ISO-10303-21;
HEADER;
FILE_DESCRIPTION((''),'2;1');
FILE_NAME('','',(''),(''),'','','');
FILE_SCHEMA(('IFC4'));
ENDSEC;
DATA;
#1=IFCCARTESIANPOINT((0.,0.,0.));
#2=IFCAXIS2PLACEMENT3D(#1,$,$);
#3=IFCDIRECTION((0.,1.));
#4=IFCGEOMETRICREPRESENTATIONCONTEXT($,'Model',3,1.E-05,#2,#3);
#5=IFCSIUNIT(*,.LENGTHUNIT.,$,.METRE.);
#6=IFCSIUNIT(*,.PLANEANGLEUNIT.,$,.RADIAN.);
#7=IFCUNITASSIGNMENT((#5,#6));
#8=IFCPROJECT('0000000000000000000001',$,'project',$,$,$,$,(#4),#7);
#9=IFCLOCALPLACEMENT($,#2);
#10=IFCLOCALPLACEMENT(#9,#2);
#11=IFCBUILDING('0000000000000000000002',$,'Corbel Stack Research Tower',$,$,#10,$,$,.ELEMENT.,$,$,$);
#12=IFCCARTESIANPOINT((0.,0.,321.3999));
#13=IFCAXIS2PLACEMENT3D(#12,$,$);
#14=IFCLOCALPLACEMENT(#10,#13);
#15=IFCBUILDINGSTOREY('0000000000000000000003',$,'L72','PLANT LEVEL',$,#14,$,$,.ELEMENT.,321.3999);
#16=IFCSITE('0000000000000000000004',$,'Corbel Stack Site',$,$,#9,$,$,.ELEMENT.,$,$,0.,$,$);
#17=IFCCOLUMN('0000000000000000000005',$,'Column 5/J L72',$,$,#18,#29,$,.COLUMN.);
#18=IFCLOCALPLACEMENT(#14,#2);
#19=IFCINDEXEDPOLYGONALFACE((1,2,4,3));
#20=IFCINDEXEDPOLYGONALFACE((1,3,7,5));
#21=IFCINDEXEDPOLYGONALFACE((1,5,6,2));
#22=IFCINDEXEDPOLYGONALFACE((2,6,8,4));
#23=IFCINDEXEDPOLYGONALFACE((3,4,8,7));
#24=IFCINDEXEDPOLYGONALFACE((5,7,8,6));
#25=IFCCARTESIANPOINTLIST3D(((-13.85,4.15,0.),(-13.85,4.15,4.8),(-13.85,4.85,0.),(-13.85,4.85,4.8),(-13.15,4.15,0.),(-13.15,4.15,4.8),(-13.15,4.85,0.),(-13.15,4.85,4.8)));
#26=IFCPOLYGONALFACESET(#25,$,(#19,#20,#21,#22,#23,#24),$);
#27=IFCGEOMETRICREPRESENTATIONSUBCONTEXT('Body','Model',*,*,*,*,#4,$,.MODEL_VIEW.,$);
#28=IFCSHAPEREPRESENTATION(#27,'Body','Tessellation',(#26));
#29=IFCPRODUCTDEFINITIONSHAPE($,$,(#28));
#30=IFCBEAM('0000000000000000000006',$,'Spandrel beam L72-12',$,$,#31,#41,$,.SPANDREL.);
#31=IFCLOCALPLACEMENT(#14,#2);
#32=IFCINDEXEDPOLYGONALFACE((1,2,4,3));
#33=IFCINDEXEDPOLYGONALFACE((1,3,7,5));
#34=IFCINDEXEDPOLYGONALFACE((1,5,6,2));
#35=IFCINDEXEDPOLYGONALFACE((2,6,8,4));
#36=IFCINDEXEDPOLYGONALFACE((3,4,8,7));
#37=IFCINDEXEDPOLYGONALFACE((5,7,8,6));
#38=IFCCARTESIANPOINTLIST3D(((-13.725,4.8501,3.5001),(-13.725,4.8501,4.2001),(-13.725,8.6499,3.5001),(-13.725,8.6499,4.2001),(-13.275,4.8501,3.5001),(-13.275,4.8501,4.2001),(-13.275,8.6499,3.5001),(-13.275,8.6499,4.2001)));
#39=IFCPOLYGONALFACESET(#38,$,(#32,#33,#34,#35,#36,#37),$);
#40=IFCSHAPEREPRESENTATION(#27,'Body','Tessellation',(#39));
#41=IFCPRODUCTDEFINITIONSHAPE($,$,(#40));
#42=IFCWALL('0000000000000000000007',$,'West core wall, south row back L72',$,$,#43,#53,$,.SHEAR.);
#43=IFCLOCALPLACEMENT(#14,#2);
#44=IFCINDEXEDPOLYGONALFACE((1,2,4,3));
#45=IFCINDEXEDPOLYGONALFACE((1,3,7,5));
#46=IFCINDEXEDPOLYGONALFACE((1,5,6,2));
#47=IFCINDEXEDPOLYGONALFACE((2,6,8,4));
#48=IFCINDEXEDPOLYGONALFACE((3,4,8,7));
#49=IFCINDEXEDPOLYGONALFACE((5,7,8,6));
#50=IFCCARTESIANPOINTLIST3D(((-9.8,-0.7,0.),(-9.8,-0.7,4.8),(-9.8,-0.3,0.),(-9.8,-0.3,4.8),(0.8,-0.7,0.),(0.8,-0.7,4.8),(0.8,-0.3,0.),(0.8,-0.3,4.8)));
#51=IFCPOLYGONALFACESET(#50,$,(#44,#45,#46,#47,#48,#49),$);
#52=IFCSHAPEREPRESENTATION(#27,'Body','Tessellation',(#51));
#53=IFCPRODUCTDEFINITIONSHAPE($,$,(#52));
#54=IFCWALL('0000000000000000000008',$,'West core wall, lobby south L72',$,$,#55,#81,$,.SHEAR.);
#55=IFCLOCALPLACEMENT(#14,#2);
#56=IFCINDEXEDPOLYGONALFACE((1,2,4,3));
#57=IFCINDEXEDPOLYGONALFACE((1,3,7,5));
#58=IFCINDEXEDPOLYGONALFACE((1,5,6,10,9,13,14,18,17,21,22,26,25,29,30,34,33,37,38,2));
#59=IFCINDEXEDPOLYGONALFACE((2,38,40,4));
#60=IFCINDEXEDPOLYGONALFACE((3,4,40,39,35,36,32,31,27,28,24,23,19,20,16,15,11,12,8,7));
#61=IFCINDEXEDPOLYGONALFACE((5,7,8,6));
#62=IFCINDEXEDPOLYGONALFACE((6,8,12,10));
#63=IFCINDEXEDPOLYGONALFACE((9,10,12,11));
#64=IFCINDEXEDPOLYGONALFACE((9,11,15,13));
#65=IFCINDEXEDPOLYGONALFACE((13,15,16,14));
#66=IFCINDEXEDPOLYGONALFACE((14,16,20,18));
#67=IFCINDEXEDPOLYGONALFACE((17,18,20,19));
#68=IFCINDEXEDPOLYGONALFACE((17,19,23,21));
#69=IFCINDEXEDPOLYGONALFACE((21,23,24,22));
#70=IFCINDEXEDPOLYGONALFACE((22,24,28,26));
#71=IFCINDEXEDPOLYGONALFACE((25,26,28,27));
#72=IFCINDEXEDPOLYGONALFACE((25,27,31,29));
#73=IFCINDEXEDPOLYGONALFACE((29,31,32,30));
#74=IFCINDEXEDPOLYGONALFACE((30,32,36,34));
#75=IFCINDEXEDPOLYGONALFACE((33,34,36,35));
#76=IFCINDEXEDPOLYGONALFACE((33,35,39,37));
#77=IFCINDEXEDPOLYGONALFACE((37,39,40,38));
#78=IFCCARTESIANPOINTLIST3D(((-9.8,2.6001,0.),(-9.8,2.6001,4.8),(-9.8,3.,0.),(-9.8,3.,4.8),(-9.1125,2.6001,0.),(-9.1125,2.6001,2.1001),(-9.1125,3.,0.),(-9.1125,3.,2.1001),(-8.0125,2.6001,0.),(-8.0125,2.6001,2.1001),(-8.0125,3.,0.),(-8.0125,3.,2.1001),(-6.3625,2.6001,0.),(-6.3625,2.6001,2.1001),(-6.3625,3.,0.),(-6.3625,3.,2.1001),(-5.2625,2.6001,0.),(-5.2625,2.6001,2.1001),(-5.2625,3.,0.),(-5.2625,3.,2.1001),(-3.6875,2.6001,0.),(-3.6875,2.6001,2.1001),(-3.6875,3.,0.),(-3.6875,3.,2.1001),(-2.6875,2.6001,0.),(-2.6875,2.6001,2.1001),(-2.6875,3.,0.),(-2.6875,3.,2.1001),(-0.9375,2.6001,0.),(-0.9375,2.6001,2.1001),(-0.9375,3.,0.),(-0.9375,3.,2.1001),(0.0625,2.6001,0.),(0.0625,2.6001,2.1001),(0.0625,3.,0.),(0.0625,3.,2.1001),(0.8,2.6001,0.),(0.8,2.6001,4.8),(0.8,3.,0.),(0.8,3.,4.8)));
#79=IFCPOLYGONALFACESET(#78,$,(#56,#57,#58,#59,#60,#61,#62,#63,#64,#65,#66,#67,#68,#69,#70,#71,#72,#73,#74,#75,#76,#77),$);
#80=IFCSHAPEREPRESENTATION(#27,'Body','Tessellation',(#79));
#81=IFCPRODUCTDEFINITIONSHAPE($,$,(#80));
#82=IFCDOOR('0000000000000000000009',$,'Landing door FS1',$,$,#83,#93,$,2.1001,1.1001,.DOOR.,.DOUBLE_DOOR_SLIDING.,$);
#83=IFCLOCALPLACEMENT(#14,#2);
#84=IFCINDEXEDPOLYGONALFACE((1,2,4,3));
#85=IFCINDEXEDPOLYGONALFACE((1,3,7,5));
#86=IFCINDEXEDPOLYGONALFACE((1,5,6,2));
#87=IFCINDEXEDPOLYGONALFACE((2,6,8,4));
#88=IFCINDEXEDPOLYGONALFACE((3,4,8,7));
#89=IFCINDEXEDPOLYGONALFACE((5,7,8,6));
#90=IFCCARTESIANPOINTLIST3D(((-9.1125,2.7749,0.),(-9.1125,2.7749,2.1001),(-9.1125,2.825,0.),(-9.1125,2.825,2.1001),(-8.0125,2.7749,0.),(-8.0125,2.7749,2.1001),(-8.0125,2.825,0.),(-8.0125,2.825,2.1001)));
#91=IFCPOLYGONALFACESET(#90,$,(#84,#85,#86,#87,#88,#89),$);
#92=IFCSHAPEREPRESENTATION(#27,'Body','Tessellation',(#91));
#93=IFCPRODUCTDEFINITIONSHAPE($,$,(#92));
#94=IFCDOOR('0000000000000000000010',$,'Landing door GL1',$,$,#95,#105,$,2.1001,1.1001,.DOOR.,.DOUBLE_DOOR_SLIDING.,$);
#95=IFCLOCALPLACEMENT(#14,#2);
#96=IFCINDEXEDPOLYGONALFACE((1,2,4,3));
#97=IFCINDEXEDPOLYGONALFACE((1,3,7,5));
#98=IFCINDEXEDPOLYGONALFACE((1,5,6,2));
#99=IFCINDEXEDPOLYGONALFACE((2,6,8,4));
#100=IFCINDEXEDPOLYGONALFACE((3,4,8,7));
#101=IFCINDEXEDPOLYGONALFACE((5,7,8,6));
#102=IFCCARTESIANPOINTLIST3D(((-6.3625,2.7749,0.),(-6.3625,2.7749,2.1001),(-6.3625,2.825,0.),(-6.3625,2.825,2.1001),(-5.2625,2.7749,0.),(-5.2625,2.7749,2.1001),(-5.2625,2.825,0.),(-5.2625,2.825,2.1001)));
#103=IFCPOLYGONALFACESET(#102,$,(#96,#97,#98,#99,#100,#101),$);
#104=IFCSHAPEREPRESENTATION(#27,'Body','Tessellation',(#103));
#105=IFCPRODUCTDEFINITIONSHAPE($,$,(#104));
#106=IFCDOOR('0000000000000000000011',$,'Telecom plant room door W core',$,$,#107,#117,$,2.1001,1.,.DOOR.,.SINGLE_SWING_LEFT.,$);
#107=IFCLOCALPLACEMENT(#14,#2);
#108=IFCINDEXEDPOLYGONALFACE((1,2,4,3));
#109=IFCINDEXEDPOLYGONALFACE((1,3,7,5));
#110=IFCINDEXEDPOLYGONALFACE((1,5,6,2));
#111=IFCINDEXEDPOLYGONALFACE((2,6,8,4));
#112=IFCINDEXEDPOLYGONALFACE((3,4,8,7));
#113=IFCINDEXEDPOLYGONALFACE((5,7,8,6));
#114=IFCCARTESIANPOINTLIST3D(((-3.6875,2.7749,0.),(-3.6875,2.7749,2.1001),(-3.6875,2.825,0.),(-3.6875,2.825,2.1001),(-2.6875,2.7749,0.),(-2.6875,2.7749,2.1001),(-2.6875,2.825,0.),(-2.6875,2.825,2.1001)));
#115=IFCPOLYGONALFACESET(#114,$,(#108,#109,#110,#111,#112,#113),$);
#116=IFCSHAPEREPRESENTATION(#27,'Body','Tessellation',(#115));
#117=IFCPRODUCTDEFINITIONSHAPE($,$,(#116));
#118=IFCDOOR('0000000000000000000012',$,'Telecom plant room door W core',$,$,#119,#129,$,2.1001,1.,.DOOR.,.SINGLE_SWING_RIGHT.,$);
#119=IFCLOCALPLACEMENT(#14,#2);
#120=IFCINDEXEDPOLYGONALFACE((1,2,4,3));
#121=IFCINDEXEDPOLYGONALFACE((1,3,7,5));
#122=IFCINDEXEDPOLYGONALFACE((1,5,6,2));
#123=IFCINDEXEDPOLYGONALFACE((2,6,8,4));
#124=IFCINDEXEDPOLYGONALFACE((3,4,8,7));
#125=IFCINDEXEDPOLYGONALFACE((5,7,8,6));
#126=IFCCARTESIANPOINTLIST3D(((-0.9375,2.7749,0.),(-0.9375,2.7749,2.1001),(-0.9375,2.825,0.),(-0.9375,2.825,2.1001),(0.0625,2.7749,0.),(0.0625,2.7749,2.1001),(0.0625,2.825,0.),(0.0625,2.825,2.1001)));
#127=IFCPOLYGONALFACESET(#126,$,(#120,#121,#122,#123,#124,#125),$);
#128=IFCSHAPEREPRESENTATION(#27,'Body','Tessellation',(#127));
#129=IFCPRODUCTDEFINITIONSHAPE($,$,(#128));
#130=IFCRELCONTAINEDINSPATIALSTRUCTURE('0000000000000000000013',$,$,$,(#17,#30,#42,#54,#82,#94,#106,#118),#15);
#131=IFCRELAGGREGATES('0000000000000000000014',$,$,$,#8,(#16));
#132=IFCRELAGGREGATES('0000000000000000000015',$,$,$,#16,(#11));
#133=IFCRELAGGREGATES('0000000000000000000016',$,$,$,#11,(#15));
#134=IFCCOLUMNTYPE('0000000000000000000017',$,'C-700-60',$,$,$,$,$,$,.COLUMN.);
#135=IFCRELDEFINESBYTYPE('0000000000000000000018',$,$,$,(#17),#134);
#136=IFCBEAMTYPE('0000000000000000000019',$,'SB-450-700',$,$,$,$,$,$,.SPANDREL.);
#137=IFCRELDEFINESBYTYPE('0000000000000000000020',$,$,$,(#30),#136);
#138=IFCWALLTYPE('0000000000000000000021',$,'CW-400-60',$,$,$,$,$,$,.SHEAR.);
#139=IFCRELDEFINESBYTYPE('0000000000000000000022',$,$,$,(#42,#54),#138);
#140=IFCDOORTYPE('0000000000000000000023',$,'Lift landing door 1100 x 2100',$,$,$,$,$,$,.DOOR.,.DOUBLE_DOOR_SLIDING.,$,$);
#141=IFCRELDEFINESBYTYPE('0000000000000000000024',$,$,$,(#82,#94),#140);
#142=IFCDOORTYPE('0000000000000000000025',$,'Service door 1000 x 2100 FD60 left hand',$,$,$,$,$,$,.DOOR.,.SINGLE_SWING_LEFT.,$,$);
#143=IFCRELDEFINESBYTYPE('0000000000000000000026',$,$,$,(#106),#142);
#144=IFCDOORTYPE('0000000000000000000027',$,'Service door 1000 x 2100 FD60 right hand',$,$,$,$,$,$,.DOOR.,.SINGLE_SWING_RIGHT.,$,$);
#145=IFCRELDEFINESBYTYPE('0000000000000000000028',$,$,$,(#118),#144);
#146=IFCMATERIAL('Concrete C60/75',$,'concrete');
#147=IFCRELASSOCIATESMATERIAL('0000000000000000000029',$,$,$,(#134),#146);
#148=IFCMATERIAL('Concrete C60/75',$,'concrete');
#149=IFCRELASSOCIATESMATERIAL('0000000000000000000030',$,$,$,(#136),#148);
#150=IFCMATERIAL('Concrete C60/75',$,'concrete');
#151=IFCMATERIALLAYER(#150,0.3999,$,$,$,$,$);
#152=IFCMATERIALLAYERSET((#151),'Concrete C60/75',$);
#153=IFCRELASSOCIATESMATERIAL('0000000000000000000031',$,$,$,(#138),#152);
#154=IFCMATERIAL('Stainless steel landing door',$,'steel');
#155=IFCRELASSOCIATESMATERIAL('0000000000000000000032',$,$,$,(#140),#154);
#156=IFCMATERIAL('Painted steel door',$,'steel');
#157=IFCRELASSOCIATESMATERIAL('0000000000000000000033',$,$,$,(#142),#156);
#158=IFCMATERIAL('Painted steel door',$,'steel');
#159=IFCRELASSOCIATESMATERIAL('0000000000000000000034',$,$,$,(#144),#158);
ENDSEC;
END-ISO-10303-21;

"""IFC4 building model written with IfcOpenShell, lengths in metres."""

from ifc_helpers import new_model, si_unit, direction, frame, frame_2d, origin, origin_2d, place, context, subcontext, project, spatial, rectangle, extrude, material, layer, layer_set, material_profile, profile_set, type_object, element, fill, save


model = new_model("IFC4")

# Units and contexts
model_context = context("Model", 3, precision=1e-05, world=origin(), true_north=direction((0.0, 1.0)))
body_context = subcontext(model_context, "Body", "Model", "MODEL_VIEW")
ifc_project = project(units=[si_unit("LENGTHUNIT", "METRE"), si_unit("PLANEANGLEUNIT", "RADIAN")], contexts=[model_context])

# Site, building, storey
site_placement = place(None, origin())
site = spatial("IfcSite", under=ifc_project, at=site_placement, Name="Corbel Stack Site", CompositionType="ELEMENT", RefElevation=0.0)
building_placement = place(site_placement, origin())
building = spatial("IfcBuilding", under=site, at=building_placement, Name="Corbel Stack Research Tower", CompositionType="ELEMENT")
storey_placement = place(building_placement, frame((0.0, 0.0, 321.3999)))
storey = spatial("IfcBuildingStorey", under=building, at=storey_placement, Name="L72", Description="PLANT LEVEL", CompositionType="ELEMENT", Elevation=321.3999)

# Column
ifc_material_1 = material(Name="Concrete C60/75", Category="concrete")
ifc_material_profile_1 = material_profile(ifc_material_1, rectangle(XDim=0.7, YDim=0.7, at=origin_2d()), Name="RC 700 x 700")
ifc_profile_set_1 = profile_set([ifc_material_profile_1], Name="Concrete C60/75")
column_type = type_object("IfcColumnType", Name="C-700-60", PredefinedType="COLUMN", material=ifc_profile_set_1)
column_placement = place(storey_placement, frame((-13.5, 4.5, 0.0), z_axis=(0.0, 0.0, 1.0), x_axis=(1.0, 0.0, 0.0)))
element("IfcColumn", 1, at=column_placement, inside=storey, type_object=column_type, Name="Column 5/J L72", PredefinedType="COLUMN", context=body_context, shape_type="SweptSolid", body=[
    extrude(rectangle(XDim=0.7, YDim=0.7, at=origin_2d()), origin(), (0.0, 0.0, 1.0), 4.8),
])

# Beam
ifc_material_2 = material(Name="Concrete C60/75", Category="concrete")
ifc_material_profile_2 = material_profile(ifc_material_2, rectangle(XDim=0.45, YDim=0.7, at=origin_2d()), Name="RC 450 x 700")
ifc_profile_set_2 = profile_set([ifc_material_profile_2], Name="Concrete C60/75")
beam_type = type_object("IfcBeamType", Name="SB-450-700", PredefinedType="SPANDREL", material=ifc_profile_set_2)
beam_placement = place(storey_placement, frame((-13.5, 8.6499, 3.8501), z_axis=(0.0, -1.0, 0.0), x_axis=(1.0, 0.0, 0.0)))
element("IfcBeam", 2, at=beam_placement, inside=storey, type_object=beam_type, Name="Spandrel beam L72-12", PredefinedType="SPANDREL", context=body_context, shape_type="SweptSolid", body=[
    extrude(rectangle(XDim=0.45, YDim=0.7, at=origin_2d()), origin(), (0.0, 0.0, 1.0), 3.7998),
])

# Wall
ifc_material_3 = material(Name="Concrete C60/75", Category="concrete")
ifc_layer_1 = layer(ifc_material_3, 0.3999)
ifc_layer_set_1 = layer_set([ifc_layer_1], Name="Concrete C60/75")
wall_type_1 = type_object("IfcWallType", Name="CW-400-60", PredefinedType="SHEAR", material=ifc_layer_set_1)
wall_1_placement = place(storey_placement, frame((-9.8, -0.5, 0.0), z_axis=(0.0, 0.0, 1.0), x_axis=(1.0, 0.0, 0.0)))
element("IfcWall", 3, at=wall_1_placement, inside=storey, type_object=wall_type_1, Name="West core wall, south row back L72", PredefinedType="SHEAR", context=body_context, shape_type="SweptSolid", body=[
    extrude(rectangle(XDim=10.6001, YDim=0.3999, at=frame_2d((5.3, 0.0))), origin(), (0.0, 0.0, 1.0), 4.8),
])

# Wall, openings, doors
wall_2_placement = place(storey_placement, frame((-9.8, 2.8, 0.0), z_axis=(0.0, 0.0, 1.0), x_axis=(1.0, 0.0, 0.0)))
wall_2 = element("IfcWall", 4, at=wall_2_placement, inside=storey, type_object=wall_type_1, Name="West core wall, lobby south L72", PredefinedType="SHEAR", context=body_context, shape_type="SweptSolid", body=[
    extrude(rectangle(XDim=10.6001, YDim=0.3999, at=frame_2d((5.3, 0.0))), origin(), (0.0, 0.0, 1.0), 4.8),
])
opening_1_placement = place(wall_2_placement, frame((0.6875, 0.0, 0.0)))
opening_1 = element("IfcOpeningElement", 5, at=opening_1_placement, cuts=wall_2, PredefinedType="OPENING", context=body_context, shape_type="SweptSolid", body=[
    extrude(rectangle(XDim=1.1001, YDim=2.1001, at=frame_2d((0.55, 1.05))), frame((0.0, 0.21, 0.0), z_axis=(0.0, -1.0, 0.0), x_axis=(1.0, 0.0, 0.0)), (0.0, 0.0, 1.0), 0.4199),
])
opening_2_placement = place(wall_2_placement, frame((3.4375, 0.0, 0.0)))
opening_2 = element("IfcOpeningElement", 6, at=opening_2_placement, cuts=wall_2, PredefinedType="OPENING", context=body_context, shape_type="SweptSolid", body=[
    extrude(rectangle(XDim=1.1001, YDim=2.1001, at=frame_2d((0.55, 1.05))), frame((0.0, 0.21, 0.0), z_axis=(0.0, -1.0, 0.0), x_axis=(1.0, 0.0, 0.0)), (0.0, 0.0, 1.0), 0.4199),
])
opening_3_placement = place(wall_2_placement, frame((6.1125, 0.0, 0.0)))
opening_3 = element("IfcOpeningElement", 7, at=opening_3_placement, cuts=wall_2, PredefinedType="OPENING", context=body_context, shape_type="SweptSolid", body=[
    extrude(rectangle(XDim=1.0, YDim=2.1001, at=frame_2d((0.5, 1.05))), frame((0.0, 0.21, 0.0), z_axis=(0.0, -1.0, 0.0), x_axis=(1.0, 0.0, 0.0)), (0.0, 0.0, 1.0), 0.4199),
])
opening_4_placement = place(wall_2_placement, frame((8.8625, 0.0, 0.0)))
opening_4 = element("IfcOpeningElement", 8, at=opening_4_placement, cuts=wall_2, PredefinedType="OPENING", context=body_context, shape_type="SweptSolid", body=[
    extrude(rectangle(XDim=1.0, YDim=2.1001, at=frame_2d((0.5, 1.05))), frame((0.0, 0.21, 0.0), z_axis=(0.0, -1.0, 0.0), x_axis=(1.0, 0.0, 0.0)), (0.0, 0.0, 1.0), 0.4199),
])
ifc_material_4 = material(Name="Stainless steel landing door", Category="steel")
door_type_1 = type_object("IfcDoorType", Name="Lift landing door 1100 x 2100", OperationType="DOUBLE_DOOR_SLIDING", PredefinedType="DOOR", material=ifc_material_4)
door_1_placement = place(opening_1_placement, origin())
door_1 = element("IfcDoor", 9, at=door_1_placement, inside=storey, type_object=door_type_1, Name="Landing door FS1", OperationType="DOUBLE_DOOR_SLIDING", OverallHeight=2.1001, OverallWidth=1.1001, PredefinedType="DOOR", context=body_context, shape_type="SweptSolid", body=[
    extrude(rectangle(XDim=1.1001, YDim=2.1001, at=frame_2d((0.55, 1.05))), frame((0.0, 0.0249, 0.0), z_axis=(0.0, -1.0, 0.0), x_axis=(1.0, 0.0, 0.0)), (0.0, 0.0, 1.0), 0.05),
])
fill(opening_1, door_1)
door_2_placement = place(opening_2_placement, origin())
door_2 = element("IfcDoor", 10, at=door_2_placement, inside=storey, type_object=door_type_1, Name="Landing door GL1", OperationType="DOUBLE_DOOR_SLIDING", OverallHeight=2.1001, OverallWidth=1.1001, PredefinedType="DOOR", context=body_context, shape_type="SweptSolid", body=[
    extrude(rectangle(XDim=1.1001, YDim=2.1001, at=frame_2d((0.55, 1.05))), frame((0.0, 0.0249, 0.0), z_axis=(0.0, -1.0, 0.0), x_axis=(1.0, 0.0, 0.0)), (0.0, 0.0, 1.0), 0.05),
])
fill(opening_2, door_2)
ifc_material_5 = material(Name="Painted steel door", Category="steel")
door_type_2 = type_object("IfcDoorType", Name="Service door 1000 x 2100 FD60 left hand", OperationType="SINGLE_SWING_LEFT", PredefinedType="DOOR", material=ifc_material_5)
door_3_placement = place(opening_3_placement, origin())
door_3 = element("IfcDoor", 11, at=door_3_placement, inside=storey, type_object=door_type_2, Name="Telecom plant room door W core", OperationType="SINGLE_SWING_LEFT", OverallHeight=2.1001, OverallWidth=1.0, PredefinedType="DOOR", context=body_context, shape_type="SweptSolid", body=[
    extrude(rectangle(XDim=1.0, YDim=2.1001, at=frame_2d((0.5, 1.05))), frame((0.0, 0.0249, 0.0), z_axis=(0.0, -1.0, 0.0), x_axis=(1.0, 0.0, 0.0)), (0.0, 0.0, 1.0), 0.05),
])
fill(opening_3, door_3)
ifc_material_6 = material(Name="Painted steel door", Category="steel")
door_type_3 = type_object("IfcDoorType", Name="Service door 1000 x 2100 FD60 right hand", OperationType="SINGLE_SWING_RIGHT", PredefinedType="DOOR", material=ifc_material_6)
door_4_placement = place(opening_4_placement, origin())
door_4 = element("IfcDoor", 12, at=door_4_placement, inside=storey, type_object=door_type_3, Name="Telecom plant room door W core", OperationType="SINGLE_SWING_RIGHT", OverallHeight=2.1001, OverallWidth=1.0, PredefinedType="DOOR", context=body_context, shape_type="SweptSolid", body=[
    extrude(rectangle(XDim=1.0, YDim=2.1001, at=frame_2d((0.5, 1.05))), frame((0.0, 0.0249, 0.0), z_axis=(0.0, -1.0, 0.0), x_axis=(1.0, 0.0, 0.0)), (0.0, 0.0, 1.0), 0.05),
])
fill(opening_4, door_4)

save(model, "model.ifc")
